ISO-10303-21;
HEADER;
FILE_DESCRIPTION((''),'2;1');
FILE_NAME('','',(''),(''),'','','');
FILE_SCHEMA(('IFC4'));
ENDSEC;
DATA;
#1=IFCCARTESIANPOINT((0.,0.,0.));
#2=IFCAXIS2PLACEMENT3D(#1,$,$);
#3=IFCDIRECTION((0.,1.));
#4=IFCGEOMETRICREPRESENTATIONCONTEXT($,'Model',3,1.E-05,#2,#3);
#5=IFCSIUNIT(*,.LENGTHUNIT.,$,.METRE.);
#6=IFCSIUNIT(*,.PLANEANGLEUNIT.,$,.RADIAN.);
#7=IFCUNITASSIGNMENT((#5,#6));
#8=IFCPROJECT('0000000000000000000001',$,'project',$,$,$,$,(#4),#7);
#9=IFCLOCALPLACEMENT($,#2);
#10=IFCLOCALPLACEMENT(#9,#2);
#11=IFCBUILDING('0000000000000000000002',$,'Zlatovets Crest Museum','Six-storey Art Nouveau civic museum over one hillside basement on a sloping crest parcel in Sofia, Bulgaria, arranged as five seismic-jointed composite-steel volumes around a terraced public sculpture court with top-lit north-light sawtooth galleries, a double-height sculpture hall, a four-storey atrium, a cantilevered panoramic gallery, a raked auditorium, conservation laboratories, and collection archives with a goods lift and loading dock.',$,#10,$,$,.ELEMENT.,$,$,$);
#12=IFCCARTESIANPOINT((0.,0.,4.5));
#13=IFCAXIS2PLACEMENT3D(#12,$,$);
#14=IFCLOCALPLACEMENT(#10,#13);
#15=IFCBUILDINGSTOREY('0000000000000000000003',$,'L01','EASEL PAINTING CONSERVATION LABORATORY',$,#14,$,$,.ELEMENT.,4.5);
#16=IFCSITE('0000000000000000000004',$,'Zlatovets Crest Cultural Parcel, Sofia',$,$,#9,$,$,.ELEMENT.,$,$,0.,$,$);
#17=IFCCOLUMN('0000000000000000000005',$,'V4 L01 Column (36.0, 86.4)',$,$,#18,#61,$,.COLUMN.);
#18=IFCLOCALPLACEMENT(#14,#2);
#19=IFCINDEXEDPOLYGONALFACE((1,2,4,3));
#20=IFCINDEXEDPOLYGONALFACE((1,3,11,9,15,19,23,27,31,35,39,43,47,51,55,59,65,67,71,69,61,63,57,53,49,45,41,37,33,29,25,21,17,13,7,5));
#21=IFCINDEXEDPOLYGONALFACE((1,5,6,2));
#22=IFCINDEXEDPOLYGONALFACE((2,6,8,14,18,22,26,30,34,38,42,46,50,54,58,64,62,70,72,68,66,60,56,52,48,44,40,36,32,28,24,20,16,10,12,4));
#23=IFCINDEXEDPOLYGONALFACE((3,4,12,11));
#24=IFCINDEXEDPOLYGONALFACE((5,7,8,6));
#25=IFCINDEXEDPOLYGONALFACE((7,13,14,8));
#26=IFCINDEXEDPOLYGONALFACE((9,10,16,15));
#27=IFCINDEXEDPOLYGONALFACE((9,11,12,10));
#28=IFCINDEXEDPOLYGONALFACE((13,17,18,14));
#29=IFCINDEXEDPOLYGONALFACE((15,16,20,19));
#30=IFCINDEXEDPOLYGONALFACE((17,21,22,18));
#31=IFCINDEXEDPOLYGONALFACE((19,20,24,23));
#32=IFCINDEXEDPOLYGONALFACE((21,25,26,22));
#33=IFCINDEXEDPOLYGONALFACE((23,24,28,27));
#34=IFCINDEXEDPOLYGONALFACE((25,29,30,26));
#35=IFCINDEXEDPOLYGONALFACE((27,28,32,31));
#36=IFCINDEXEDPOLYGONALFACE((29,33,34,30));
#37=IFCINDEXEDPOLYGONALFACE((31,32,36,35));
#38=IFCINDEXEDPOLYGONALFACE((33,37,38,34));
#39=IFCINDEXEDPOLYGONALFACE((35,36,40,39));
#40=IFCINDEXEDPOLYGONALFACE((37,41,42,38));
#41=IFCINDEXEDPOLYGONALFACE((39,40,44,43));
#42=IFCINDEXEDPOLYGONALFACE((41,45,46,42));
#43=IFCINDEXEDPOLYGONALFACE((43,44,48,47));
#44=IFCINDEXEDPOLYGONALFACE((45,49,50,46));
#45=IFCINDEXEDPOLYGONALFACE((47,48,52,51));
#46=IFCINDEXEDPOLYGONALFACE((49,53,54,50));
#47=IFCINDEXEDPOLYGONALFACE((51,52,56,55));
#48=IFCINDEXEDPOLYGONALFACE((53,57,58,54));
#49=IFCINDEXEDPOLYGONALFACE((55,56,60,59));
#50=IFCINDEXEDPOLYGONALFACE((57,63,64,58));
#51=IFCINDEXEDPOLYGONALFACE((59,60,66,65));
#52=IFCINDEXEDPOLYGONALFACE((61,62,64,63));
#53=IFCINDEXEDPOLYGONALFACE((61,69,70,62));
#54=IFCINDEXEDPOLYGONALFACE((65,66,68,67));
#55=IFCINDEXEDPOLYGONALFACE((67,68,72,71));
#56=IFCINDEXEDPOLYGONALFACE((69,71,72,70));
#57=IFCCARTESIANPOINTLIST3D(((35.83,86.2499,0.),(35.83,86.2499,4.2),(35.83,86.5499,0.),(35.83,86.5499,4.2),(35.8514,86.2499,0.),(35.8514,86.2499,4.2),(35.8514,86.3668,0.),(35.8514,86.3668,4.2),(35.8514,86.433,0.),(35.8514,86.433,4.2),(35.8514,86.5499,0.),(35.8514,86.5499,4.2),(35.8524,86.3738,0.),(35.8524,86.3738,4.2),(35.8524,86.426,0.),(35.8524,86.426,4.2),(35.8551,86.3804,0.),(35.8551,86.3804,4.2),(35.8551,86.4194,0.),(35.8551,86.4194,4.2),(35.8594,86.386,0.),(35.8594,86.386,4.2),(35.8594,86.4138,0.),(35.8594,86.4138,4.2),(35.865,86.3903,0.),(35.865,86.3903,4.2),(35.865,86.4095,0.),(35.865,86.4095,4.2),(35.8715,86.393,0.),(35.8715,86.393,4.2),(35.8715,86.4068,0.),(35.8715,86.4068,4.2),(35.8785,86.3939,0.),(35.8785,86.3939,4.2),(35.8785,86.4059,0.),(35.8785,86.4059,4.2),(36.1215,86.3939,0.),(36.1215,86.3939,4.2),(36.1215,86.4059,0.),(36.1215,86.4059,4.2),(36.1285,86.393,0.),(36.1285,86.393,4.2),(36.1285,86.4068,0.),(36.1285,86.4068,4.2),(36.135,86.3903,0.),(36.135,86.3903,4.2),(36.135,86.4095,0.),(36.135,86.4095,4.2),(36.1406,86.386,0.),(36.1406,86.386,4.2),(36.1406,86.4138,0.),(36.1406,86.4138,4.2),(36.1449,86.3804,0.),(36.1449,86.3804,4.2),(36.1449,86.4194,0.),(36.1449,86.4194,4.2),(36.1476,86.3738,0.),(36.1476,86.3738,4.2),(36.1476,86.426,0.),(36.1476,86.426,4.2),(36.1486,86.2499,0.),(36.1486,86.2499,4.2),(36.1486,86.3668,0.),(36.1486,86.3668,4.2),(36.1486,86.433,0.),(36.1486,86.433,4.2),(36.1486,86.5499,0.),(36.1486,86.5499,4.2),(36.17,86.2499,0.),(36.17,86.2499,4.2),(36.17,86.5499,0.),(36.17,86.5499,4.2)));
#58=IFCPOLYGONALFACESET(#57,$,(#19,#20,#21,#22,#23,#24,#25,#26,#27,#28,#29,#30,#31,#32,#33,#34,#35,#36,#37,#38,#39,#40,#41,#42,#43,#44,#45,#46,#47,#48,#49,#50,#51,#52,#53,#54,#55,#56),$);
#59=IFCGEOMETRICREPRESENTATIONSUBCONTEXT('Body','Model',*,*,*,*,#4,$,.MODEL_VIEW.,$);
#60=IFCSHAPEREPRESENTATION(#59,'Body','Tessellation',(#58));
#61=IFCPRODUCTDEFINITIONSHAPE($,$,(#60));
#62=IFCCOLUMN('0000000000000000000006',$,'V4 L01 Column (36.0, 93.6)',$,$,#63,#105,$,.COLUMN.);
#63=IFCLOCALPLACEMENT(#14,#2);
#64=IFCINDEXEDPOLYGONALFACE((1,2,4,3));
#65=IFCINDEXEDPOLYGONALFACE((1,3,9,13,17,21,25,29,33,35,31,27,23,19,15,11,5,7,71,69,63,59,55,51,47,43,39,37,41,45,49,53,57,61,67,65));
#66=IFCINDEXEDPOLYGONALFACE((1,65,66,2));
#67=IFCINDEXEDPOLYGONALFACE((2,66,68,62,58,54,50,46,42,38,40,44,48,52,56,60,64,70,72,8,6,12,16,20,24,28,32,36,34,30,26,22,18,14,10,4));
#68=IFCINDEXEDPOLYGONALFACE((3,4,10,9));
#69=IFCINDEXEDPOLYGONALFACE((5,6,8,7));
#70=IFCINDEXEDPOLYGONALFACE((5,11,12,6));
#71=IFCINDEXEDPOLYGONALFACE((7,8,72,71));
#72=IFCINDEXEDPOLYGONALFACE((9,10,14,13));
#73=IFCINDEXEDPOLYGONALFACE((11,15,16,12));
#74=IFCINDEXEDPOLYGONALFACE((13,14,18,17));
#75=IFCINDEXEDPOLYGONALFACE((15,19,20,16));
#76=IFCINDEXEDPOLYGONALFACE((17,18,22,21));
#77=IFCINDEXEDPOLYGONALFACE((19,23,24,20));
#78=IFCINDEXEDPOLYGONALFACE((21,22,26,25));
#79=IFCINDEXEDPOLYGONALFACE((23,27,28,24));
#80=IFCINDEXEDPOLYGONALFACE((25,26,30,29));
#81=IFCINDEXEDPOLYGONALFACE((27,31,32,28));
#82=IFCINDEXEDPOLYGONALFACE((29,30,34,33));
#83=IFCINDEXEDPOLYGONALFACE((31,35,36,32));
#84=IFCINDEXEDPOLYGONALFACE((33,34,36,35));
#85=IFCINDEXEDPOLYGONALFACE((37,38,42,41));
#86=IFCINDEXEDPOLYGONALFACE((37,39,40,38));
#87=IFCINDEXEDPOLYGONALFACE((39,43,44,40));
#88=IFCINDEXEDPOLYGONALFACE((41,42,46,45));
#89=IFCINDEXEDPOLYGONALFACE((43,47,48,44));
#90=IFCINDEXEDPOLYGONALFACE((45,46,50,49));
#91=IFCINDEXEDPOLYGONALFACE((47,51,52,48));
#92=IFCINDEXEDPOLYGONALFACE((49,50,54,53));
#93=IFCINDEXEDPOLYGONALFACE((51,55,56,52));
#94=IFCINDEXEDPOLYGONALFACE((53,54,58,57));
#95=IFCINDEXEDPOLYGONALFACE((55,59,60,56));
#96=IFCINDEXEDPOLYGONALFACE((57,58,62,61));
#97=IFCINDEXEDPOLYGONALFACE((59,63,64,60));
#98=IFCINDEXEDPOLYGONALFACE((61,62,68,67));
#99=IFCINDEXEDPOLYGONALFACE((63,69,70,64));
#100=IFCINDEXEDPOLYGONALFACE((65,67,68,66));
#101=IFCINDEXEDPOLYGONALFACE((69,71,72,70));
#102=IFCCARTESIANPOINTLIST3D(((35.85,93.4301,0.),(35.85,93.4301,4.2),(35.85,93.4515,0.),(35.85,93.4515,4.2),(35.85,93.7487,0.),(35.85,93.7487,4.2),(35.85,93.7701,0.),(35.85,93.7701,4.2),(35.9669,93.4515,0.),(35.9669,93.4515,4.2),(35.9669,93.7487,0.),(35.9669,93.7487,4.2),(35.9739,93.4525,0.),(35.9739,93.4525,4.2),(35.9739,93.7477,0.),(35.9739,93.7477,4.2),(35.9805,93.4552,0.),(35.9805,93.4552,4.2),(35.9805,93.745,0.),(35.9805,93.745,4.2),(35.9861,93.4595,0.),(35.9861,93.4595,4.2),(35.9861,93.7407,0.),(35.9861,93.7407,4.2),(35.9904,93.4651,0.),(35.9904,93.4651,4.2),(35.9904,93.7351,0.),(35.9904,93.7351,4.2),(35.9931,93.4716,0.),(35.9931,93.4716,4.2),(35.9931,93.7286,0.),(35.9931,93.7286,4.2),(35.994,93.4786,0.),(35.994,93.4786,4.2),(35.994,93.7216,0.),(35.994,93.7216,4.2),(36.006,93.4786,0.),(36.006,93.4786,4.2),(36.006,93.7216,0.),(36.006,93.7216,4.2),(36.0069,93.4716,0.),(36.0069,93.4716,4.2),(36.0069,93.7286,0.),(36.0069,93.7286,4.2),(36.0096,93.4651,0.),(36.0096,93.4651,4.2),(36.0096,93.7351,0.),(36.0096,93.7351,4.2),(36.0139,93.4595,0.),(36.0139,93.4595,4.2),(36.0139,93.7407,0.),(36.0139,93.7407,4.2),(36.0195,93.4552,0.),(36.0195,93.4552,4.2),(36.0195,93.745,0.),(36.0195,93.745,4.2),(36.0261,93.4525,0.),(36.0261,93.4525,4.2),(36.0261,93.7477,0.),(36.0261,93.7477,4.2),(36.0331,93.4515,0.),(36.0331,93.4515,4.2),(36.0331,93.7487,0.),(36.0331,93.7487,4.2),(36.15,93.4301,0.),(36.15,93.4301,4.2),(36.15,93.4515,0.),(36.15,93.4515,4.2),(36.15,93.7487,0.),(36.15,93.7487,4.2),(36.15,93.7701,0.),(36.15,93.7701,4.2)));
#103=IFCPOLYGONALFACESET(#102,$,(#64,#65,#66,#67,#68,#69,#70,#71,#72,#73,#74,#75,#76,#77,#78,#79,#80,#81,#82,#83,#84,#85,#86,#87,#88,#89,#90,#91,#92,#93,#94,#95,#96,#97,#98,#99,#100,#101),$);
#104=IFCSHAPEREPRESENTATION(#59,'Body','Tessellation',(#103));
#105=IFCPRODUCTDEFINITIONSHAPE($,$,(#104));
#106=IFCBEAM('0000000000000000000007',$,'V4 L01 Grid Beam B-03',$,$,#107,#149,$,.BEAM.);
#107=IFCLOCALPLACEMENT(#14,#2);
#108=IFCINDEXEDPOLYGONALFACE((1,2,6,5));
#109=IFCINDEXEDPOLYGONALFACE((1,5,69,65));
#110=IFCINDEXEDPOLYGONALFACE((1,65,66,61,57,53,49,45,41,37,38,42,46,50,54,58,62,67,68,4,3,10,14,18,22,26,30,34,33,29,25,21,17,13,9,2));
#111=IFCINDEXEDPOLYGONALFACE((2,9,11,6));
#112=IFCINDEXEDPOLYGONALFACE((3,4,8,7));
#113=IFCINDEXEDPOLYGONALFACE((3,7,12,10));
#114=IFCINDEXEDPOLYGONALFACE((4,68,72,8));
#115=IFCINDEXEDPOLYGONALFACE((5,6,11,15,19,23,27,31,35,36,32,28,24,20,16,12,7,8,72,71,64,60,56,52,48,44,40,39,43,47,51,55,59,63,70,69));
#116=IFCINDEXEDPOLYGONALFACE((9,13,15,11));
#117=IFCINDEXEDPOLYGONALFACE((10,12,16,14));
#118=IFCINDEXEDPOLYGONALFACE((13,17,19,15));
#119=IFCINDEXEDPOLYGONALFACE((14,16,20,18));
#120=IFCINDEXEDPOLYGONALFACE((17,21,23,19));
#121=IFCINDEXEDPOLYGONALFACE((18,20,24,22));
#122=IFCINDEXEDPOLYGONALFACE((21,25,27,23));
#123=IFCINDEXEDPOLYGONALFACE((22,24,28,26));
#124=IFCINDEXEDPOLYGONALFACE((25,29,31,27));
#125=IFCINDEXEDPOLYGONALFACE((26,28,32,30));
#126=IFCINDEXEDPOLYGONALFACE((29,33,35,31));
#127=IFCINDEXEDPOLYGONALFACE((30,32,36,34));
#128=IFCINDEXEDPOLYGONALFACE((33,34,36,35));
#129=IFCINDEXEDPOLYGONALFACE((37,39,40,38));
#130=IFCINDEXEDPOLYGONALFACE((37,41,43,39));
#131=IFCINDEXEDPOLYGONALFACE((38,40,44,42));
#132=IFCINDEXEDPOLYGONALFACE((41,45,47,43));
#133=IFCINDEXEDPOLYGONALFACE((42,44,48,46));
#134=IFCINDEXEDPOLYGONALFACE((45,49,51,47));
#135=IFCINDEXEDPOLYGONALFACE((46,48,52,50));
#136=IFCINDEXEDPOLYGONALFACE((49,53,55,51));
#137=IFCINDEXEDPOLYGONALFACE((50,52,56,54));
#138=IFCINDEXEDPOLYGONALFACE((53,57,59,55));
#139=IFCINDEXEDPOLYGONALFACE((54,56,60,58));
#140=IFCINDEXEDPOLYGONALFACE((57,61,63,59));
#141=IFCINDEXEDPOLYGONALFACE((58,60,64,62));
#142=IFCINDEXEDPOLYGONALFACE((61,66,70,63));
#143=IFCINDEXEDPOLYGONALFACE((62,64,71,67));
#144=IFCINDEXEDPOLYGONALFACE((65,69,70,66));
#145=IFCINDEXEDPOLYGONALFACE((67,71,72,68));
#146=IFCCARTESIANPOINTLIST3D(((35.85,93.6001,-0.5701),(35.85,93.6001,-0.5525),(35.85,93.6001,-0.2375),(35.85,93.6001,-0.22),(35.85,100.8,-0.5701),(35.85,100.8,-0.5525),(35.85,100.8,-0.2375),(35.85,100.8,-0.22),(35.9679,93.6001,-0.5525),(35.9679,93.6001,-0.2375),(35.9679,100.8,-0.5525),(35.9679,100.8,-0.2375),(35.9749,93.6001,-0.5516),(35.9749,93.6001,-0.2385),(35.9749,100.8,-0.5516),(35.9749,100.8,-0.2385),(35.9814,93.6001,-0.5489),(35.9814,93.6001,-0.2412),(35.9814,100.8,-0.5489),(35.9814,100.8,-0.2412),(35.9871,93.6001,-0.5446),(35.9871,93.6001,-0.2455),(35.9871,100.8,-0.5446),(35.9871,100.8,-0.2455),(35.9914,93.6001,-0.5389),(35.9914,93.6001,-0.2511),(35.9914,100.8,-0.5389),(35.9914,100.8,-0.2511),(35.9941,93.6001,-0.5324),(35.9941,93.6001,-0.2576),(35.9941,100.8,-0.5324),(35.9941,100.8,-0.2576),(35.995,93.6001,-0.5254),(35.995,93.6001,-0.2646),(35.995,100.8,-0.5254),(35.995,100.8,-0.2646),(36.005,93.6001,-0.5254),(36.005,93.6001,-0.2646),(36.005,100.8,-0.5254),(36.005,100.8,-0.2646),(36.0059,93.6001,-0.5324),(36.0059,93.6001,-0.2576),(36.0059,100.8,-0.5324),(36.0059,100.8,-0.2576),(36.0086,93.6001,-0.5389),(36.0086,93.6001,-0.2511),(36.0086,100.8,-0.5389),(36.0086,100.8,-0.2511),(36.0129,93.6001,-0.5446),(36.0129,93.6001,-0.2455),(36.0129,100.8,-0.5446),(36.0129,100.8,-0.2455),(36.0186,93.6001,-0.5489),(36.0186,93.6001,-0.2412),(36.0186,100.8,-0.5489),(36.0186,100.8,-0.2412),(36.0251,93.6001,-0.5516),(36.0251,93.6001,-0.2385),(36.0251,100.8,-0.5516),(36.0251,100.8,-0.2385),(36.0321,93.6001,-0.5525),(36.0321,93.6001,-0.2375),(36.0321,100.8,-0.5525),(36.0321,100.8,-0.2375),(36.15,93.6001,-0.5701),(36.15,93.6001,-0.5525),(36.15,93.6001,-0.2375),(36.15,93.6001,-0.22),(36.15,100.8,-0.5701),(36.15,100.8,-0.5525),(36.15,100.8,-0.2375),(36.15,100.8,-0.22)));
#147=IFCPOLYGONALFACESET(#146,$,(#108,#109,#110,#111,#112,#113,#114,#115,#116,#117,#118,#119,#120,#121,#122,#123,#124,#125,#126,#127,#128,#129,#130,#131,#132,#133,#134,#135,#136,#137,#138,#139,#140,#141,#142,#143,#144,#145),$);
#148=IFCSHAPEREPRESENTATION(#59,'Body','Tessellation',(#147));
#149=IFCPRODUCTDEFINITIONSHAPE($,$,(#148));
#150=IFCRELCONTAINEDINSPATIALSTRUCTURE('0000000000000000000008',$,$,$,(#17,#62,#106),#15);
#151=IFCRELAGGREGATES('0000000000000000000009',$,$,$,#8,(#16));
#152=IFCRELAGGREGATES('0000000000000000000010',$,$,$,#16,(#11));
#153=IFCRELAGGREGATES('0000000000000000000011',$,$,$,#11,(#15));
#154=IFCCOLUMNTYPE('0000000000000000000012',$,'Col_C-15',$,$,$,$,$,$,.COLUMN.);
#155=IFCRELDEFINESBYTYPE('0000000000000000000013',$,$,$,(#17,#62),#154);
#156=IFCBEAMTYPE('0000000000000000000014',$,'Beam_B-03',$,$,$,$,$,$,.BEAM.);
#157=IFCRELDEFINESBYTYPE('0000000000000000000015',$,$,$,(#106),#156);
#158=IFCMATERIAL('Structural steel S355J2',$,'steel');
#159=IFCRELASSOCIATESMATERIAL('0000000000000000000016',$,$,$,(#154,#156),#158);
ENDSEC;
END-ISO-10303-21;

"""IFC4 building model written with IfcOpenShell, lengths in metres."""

from ifc_helpers import new_model, si_unit, direction, frame, origin, origin_2d, place, context, subcontext, project, spatial, i_section, extrude, material, material_profile, profile_set, type_object, element, save


model = new_model("IFC4")

# Units and contexts
model_context = context("Model", 3, precision=1e-05, world=origin(), true_north=direction((0.0, 1.0)))
body_context = subcontext(model_context, "Body", "Model", "MODEL_VIEW")
ifc_project = project(units=[si_unit("LENGTHUNIT", "METRE"), si_unit("PLANEANGLEUNIT", "RADIAN")], contexts=[model_context])

# Site, building, storey
site_placement = place(None, origin())
site = spatial("IfcSite", under=ifc_project, at=site_placement, Name="Zlatovets Crest Cultural Parcel, Sofia", CompositionType="ELEMENT", RefElevation=0.0)
building_placement = place(site_placement, origin())
building = spatial("IfcBuilding", under=site, at=building_placement, Name="Zlatovets Crest Museum", Description="Six-storey Art Nouveau civic museum over one hillside basement on a sloping crest parcel in Sofia, Bulgaria, arranged as five seismic-jointed composite-steel volumes around a terraced public sculpture court with top-lit north-light sawtooth galleries, a double-height sculpture hall, a four-storey atrium, a cantilevered panoramic gallery, a raked auditorium, conservation laboratories, and collection archives with a goods lift and loading dock.", CompositionType="ELEMENT")
storey_placement = place(building_placement, frame((0.0, 0.0, 4.5)))
storey = spatial("IfcBuildingStorey", under=building, at=storey_placement, Name="L01", Description="EASEL PAINTING CONSERVATION LABORATORY", CompositionType="ELEMENT", Elevation=4.5)

# Columns
ifc_material_1 = material(Name="Structural steel S355J2", Category="steel")
ifc_material_profile_1 = material_profile(ifc_material_1, i_section(OverallWidth=0.3, OverallDepth=0.3401, WebThickness=0.012, FlangeThickness=0.0215, FilletRadius=0.0271, at=origin_2d()), Name="HEB 340")
ifc_profile_set_1 = profile_set([ifc_material_profile_1], Name="Structural steel S355J2")
column_type = type_object("IfcColumnType", Name="Col_C-15", PredefinedType="COLUMN", material=ifc_profile_set_1)
for number, where, z_axis, x_axis, name in (
    (1, (36.0, 86.3999, 0.0), (0.0, 0.0, 1.0), (0.0, 1.0, 0.0), "V4 L01 Column (36.0, 86.4)"),
    (2, (36.0, 93.6001, 0.0), (0.0, 0.0, 1.0), (1.0, 0.0, 0.0), "V4 L01 Column (36.0, 93.6)"),
):
    element("IfcColumn", number, at=place(storey_placement, frame(where, z_axis=z_axis, x_axis=x_axis)), inside=storey, type_object=column_type, Name=name, PredefinedType="COLUMN", context=body_context, shape_type="SweptSolid", body=[
        extrude(i_section(OverallWidth=0.3, OverallDepth=0.3401, WebThickness=0.012, FlangeThickness=0.0215, FilletRadius=0.0271, at=origin_2d()), origin(), (0.0, 0.0, 1.0), 4.2),
    ])

# Beam
ifc_material_profile_2 = material_profile(ifc_material_1, i_section(OverallWidth=0.3, OverallDepth=0.3501, WebThickness=0.01, FlangeThickness=0.0176, FilletRadius=0.0271, at=origin_2d()), Name="HEA 360")
ifc_profile_set_2 = profile_set([ifc_material_profile_2], Name="Structural steel S355J2")
beam_type_1 = type_object("IfcBeamType", Name="Beam_B-03", PredefinedType="BEAM", material=ifc_profile_set_2)
beam_placement = place(storey_placement, frame((36.0, 93.6001, -0.395), z_axis=(0.0, 1.0, 0.0), x_axis=(-1.0, 0.0, 0.0)))
element("IfcBeam", 3, at=beam_placement, inside=storey, type_object=beam_type_1, Name="V4 L01 Grid Beam B-03", PredefinedType="BEAM", context=body_context, shape_type="SweptSolid", body=[
    extrude(i_section(OverallWidth=0.3, OverallDepth=0.3501, WebThickness=0.01, FlangeThickness=0.0176, FilletRadius=0.0271, at=origin_2d()), origin(), (0.0, 0.0, 1.0), 7.2),
])

save(model, "model.ifc")
